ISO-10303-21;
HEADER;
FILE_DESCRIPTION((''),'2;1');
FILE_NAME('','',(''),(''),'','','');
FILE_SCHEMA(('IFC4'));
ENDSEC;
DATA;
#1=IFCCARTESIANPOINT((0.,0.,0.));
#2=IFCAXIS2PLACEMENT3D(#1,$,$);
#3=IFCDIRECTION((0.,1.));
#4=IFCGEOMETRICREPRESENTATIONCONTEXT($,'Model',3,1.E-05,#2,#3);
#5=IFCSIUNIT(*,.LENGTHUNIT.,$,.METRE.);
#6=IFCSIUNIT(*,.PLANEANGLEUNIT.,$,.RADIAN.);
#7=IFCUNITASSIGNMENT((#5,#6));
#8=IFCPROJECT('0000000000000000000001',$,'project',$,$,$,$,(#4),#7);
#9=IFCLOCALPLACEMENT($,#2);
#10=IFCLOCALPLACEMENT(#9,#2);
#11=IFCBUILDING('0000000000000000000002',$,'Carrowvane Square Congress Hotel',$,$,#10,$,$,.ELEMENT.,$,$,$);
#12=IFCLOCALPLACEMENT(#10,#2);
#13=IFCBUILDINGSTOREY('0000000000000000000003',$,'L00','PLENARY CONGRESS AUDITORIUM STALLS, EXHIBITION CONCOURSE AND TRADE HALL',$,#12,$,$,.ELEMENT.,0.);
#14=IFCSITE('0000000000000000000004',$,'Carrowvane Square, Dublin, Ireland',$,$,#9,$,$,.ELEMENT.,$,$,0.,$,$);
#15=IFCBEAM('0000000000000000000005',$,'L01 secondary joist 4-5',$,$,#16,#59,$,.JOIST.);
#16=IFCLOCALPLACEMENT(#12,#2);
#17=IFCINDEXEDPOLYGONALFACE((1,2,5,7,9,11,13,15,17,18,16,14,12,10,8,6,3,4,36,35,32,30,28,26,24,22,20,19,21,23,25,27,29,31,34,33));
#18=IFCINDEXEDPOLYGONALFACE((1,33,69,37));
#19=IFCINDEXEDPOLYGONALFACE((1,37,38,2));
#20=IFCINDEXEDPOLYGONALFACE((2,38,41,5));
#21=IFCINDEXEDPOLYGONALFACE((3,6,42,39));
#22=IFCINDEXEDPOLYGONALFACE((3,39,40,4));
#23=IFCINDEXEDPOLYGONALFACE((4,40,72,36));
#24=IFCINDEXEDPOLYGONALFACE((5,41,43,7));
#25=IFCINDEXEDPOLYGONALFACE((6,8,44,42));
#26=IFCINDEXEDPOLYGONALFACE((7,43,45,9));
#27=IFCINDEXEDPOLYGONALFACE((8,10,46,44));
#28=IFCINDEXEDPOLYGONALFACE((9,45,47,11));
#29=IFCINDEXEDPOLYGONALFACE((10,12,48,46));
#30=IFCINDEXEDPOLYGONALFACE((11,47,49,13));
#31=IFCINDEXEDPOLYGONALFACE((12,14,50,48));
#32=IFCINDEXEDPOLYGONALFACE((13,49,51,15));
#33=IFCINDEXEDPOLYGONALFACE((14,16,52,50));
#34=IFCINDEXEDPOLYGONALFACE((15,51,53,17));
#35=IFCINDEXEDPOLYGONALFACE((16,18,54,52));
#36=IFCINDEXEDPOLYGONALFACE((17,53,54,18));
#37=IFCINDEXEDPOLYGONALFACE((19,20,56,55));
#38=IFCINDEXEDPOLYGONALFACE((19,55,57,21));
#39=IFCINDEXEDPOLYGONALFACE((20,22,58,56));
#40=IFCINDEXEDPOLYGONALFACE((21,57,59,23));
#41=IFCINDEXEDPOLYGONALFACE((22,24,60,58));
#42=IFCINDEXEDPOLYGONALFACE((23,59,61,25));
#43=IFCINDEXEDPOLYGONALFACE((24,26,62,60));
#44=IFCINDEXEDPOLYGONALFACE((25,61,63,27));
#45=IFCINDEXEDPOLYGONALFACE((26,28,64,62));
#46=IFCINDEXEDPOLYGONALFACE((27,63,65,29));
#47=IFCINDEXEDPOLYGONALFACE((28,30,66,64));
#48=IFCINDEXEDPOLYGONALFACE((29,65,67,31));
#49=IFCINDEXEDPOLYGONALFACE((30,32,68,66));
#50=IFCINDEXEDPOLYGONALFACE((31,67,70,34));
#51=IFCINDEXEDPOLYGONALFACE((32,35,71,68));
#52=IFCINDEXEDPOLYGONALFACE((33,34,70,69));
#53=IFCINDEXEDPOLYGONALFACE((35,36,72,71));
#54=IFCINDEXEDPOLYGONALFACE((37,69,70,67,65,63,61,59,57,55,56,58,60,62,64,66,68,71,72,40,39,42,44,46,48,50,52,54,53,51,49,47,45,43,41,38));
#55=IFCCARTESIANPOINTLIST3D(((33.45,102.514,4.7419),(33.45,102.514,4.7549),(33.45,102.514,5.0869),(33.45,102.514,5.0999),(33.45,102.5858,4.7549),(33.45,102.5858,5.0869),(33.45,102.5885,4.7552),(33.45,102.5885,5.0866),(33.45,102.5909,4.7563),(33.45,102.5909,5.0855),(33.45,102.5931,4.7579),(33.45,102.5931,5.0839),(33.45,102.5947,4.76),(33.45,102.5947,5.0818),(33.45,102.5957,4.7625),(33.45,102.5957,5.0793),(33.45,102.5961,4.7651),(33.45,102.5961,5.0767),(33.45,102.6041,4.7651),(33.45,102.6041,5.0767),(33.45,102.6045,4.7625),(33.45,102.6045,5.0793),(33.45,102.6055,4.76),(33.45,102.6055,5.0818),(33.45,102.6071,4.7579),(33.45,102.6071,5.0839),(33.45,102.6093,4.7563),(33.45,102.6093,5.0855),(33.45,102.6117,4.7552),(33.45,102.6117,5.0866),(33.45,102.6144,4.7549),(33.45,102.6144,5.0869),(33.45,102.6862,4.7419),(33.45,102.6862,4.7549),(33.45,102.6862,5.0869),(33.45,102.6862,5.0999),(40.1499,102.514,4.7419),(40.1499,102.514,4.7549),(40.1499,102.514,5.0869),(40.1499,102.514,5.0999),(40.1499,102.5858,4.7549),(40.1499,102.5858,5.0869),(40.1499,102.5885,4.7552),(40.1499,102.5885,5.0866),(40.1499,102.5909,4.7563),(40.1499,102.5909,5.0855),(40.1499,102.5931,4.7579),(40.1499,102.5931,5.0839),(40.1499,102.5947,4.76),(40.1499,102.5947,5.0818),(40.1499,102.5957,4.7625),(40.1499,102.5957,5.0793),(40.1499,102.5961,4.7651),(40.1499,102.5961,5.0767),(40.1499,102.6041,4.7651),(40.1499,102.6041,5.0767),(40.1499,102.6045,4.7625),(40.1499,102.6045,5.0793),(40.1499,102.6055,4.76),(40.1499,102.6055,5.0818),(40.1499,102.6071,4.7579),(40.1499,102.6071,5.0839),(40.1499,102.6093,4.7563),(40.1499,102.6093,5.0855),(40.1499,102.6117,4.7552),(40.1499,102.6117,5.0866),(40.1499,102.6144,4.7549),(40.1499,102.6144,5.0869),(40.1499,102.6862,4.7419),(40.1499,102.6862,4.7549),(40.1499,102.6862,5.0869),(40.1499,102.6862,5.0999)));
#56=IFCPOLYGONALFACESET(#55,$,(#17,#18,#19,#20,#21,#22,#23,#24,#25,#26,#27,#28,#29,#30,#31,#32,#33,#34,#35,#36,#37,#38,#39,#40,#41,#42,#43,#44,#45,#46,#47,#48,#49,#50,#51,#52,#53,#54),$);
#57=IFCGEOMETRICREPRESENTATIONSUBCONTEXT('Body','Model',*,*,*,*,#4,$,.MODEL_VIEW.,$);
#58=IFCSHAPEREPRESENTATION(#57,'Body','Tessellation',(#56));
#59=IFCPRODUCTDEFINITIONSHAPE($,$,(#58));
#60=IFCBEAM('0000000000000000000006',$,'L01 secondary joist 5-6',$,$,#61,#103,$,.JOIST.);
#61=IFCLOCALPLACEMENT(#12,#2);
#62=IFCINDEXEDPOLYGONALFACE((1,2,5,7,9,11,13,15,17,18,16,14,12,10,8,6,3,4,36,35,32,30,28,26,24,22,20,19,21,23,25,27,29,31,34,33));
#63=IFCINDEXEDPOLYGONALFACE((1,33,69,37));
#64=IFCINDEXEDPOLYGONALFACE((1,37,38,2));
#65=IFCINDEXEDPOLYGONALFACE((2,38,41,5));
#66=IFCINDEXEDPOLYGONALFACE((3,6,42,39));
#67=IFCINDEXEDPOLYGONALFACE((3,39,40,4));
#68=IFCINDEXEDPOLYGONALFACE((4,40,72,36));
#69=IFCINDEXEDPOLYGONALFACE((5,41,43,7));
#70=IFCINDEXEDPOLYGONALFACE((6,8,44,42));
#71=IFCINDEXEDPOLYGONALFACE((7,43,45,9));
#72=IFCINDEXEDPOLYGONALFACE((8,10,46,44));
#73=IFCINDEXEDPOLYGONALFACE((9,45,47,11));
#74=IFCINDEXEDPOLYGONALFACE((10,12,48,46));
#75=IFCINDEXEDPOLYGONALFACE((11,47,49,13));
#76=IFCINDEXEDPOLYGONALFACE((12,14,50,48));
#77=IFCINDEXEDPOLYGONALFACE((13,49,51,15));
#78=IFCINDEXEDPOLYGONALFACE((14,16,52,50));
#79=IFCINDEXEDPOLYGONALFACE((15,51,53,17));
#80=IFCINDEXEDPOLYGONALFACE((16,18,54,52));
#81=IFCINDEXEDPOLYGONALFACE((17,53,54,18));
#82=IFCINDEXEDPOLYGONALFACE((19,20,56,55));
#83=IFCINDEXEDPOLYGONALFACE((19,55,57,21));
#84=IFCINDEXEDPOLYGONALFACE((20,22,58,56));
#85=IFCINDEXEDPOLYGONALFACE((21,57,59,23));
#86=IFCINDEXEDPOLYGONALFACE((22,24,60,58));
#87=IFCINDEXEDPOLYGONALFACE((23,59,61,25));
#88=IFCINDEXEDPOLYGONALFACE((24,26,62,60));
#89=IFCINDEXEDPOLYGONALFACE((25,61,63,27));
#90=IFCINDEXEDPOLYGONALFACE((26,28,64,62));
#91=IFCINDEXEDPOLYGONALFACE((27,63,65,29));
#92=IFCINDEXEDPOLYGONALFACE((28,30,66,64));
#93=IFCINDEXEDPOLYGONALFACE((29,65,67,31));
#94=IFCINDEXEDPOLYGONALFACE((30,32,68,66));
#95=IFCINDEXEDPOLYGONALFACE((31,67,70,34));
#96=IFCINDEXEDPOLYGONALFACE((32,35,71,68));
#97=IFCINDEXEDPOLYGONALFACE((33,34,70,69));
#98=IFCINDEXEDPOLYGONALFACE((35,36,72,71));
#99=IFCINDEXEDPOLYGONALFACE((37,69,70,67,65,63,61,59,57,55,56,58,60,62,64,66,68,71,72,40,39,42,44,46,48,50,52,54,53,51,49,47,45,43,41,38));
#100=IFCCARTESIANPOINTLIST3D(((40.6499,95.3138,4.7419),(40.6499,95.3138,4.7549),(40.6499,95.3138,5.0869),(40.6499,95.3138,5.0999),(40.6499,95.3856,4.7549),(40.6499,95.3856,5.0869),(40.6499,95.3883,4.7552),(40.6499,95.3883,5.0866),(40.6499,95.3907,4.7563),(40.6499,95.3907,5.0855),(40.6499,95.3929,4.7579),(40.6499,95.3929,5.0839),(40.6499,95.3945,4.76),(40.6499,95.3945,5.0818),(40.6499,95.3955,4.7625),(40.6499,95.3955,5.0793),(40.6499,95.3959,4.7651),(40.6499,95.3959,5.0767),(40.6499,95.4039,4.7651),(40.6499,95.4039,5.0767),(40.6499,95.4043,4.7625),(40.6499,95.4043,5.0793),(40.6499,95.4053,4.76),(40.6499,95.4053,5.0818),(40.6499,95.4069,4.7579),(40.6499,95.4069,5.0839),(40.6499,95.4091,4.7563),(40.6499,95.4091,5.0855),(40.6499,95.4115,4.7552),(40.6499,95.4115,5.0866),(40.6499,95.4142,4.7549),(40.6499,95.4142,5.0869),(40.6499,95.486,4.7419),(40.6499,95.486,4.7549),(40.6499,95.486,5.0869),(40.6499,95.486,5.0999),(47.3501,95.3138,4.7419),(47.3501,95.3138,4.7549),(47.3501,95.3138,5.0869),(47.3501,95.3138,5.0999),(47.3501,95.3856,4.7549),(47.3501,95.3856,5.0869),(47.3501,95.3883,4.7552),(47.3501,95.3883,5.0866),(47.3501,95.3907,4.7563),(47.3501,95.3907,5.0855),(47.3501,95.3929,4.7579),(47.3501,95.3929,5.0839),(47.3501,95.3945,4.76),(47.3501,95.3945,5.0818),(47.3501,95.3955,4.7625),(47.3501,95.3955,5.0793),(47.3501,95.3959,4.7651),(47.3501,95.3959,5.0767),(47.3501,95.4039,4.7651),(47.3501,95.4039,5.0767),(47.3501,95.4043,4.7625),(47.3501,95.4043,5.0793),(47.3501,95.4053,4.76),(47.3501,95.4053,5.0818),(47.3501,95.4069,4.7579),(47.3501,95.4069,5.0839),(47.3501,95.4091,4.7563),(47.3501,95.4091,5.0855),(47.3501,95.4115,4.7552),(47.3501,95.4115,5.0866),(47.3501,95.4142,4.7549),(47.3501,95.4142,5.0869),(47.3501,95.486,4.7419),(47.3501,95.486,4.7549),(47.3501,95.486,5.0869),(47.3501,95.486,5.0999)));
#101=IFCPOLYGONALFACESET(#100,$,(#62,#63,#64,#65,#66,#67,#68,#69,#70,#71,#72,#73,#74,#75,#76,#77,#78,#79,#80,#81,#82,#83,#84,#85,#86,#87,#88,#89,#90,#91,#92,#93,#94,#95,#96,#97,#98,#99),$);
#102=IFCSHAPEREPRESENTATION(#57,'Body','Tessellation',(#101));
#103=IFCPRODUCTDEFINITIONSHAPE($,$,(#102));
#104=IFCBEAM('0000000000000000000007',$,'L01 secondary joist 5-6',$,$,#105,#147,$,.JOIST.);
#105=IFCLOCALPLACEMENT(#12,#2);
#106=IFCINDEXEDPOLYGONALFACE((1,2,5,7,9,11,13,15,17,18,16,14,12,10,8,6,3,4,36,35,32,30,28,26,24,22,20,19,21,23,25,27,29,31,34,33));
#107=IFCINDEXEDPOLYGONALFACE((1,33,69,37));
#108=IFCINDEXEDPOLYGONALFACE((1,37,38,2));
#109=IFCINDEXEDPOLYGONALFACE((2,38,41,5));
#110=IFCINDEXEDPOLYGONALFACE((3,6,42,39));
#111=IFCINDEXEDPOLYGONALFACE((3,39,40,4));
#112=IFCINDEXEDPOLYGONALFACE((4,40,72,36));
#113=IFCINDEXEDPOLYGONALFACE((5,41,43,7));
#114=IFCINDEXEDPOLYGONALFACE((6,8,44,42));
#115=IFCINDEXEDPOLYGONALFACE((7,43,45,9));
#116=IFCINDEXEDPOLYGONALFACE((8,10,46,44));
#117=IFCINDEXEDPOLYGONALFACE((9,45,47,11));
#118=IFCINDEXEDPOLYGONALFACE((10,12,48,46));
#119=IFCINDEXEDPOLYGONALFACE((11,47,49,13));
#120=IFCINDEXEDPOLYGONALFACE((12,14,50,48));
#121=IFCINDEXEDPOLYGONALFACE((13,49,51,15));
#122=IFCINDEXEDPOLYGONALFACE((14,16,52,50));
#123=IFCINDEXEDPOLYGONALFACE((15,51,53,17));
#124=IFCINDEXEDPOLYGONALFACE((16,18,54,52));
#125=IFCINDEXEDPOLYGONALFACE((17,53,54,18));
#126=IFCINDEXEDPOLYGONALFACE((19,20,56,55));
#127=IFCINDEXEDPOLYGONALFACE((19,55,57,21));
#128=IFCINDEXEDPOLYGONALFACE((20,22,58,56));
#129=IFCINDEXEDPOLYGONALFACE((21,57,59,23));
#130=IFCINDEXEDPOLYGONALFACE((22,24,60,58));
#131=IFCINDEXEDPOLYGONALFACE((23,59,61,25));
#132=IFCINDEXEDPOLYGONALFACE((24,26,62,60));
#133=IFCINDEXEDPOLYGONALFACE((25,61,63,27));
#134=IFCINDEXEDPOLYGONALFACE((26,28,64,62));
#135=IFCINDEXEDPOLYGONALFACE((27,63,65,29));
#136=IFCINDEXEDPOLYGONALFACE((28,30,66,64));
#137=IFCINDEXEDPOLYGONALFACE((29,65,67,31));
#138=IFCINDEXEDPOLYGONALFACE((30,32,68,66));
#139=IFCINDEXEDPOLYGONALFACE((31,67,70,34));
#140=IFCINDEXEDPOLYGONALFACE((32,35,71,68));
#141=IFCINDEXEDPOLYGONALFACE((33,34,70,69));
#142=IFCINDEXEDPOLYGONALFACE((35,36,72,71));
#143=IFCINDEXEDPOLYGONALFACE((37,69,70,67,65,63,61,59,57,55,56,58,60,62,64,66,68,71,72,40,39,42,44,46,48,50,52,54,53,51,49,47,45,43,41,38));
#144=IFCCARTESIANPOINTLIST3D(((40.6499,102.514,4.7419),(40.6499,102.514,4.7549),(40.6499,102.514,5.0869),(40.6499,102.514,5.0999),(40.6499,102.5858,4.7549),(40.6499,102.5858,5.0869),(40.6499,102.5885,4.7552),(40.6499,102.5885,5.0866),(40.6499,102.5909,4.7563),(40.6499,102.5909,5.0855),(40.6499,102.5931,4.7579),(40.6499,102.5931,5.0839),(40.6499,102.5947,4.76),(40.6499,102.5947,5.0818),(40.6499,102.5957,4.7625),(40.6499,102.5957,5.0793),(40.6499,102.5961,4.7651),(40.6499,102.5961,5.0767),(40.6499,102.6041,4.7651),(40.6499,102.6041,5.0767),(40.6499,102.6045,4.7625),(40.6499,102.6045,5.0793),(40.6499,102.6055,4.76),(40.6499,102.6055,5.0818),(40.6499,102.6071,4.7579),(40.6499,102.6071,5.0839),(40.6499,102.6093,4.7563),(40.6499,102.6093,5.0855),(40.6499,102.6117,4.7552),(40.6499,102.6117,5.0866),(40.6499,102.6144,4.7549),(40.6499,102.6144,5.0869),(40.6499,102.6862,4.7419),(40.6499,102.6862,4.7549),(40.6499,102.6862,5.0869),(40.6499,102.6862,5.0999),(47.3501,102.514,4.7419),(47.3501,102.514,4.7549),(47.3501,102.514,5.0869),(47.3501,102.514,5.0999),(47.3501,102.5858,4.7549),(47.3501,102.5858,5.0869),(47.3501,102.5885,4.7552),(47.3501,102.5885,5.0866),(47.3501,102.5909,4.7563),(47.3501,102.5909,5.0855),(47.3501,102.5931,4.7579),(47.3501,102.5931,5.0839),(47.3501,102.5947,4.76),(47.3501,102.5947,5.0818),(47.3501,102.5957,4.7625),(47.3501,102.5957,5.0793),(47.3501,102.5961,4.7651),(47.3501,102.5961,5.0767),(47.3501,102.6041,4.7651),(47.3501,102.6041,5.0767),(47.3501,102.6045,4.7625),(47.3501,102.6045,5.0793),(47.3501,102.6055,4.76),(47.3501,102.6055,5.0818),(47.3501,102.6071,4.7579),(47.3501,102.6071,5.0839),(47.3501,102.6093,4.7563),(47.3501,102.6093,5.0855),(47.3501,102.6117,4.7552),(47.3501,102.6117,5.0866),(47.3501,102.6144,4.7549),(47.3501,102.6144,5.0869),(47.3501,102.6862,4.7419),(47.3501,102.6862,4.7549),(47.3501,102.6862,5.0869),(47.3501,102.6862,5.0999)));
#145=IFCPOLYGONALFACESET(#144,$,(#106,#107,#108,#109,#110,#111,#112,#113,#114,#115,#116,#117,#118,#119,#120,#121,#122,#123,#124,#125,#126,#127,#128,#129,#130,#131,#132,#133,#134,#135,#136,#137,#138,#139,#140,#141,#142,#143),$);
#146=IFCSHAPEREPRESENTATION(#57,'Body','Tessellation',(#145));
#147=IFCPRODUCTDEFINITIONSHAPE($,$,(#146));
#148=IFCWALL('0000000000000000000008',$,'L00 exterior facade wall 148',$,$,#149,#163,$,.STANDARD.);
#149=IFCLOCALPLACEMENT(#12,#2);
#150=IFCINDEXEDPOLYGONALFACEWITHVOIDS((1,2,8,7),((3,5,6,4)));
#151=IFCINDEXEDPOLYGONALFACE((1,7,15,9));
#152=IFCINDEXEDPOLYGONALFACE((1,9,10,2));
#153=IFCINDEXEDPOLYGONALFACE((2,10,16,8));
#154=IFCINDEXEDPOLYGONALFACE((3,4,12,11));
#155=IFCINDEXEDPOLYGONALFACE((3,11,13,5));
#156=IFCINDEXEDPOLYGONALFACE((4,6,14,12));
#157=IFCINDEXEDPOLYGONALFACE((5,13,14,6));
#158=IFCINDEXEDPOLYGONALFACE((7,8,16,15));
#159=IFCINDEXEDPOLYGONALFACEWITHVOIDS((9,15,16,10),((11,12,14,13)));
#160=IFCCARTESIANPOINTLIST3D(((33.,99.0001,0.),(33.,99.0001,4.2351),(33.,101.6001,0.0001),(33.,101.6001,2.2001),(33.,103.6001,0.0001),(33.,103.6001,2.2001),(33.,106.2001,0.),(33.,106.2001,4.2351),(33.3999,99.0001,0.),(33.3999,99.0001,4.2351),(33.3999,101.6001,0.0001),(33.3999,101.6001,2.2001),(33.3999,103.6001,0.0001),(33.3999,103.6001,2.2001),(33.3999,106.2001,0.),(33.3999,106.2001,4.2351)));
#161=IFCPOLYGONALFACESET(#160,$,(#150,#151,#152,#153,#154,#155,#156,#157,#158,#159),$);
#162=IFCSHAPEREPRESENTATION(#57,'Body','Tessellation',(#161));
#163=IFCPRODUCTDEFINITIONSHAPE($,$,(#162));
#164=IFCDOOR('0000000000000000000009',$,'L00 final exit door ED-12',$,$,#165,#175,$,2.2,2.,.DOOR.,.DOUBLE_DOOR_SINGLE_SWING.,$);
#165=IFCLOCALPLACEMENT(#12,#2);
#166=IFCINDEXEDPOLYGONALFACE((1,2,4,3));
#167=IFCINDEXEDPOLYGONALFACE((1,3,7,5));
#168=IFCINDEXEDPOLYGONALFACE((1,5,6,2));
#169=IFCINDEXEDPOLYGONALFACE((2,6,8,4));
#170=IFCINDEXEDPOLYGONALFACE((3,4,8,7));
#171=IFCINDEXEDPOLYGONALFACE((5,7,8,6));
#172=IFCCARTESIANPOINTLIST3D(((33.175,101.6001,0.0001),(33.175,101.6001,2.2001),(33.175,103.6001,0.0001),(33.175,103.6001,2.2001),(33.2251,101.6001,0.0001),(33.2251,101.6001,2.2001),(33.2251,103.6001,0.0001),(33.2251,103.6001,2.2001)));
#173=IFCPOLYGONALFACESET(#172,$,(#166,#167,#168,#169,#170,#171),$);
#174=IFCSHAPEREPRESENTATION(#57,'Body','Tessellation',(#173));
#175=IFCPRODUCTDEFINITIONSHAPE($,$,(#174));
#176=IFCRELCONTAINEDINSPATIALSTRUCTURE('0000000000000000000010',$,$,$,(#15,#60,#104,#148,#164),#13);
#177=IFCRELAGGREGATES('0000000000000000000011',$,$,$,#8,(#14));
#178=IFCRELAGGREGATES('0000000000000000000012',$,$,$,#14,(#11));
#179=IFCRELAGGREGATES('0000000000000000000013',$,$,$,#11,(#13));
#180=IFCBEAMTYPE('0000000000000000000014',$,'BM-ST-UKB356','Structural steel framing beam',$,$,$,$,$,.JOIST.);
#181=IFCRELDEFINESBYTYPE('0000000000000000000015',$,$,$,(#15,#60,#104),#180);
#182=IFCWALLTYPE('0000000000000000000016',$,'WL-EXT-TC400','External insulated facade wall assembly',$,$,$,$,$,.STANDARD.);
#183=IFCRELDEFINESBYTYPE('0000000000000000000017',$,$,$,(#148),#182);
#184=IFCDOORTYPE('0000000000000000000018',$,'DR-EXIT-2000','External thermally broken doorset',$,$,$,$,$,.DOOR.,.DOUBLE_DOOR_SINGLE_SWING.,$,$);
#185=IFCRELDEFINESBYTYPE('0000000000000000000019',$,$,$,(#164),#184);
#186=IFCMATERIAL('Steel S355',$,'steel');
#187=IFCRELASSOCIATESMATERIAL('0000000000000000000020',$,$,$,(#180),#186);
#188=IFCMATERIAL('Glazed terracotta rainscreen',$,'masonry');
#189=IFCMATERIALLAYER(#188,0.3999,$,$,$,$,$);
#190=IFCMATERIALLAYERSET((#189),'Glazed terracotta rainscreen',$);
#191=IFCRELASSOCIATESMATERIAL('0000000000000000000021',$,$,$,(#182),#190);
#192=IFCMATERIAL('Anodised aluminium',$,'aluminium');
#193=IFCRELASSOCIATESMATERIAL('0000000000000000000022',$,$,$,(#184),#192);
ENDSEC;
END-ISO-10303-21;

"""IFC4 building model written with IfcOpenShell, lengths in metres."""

from ifc_helpers import new_model, si_unit, direction, frame, frame_2d, origin, origin_2d, place, context, subcontext, project, spatial, rectangle, i_section, extrude, material, layer, layer_set, material_profile, profile_set, type_object, element, fill, save


model = new_model("IFC4")

# Units and contexts
model_context = context("Model", 3, precision=1e-05, world=origin(), true_north=direction((0.0, 1.0)))
body_context = subcontext(model_context, "Body", "Model", "MODEL_VIEW")
ifc_project = project(units=[si_unit("LENGTHUNIT", "METRE"), si_unit("PLANEANGLEUNIT", "RADIAN")], contexts=[model_context])

# Site, building, storey
site_placement = place(None, origin())
site = spatial("IfcSite", under=ifc_project, at=site_placement, Name="Carrowvane Square, Dublin, Ireland", CompositionType="ELEMENT", RefElevation=0.0)
building_placement = place(site_placement, origin())
building = spatial("IfcBuilding", under=site, at=building_placement, Name="Carrowvane Square Congress Hotel", CompositionType="ELEMENT")
storey_placement = place(building_placement, origin())
storey = spatial("IfcBuildingStorey", under=building, at=storey_placement, Name="L00", Description="PLENARY CONGRESS AUDITORIUM STALLS, EXHIBITION CONCOURSE AND TRADE HALL", CompositionType="ELEMENT", Elevation=0.0)

# Beams
ifc_material_1 = material(Name="Steel S355", Category="steel")
ifc_material_profile_1 = material_profile(ifc_material_1, i_section(OverallWidth=0.1721, OverallDepth=0.3579, WebThickness=0.0081, FlangeThickness=0.0129, FilletRadius=0.0103, at=origin_2d()), Name="UKB 356x171x57")
ifc_profile_set_1 = profile_set([ifc_material_profile_1], Name="Steel S355")
beam_type_1 = type_object("IfcBeamType", Name="BM-ST-UKB356", Description="Structural steel framing beam", PredefinedType="JOIST", material=ifc_profile_set_1)
for number, where, z_axis, x_axis, name in (
    (1, (33.45, 102.6001, 4.9209), (1.0, 0.0, 0.0), (0.0, 1.0, 0.0), "L01 secondary joist 4-5"),
):
    element("IfcBeam", number, at=place(storey_placement, frame(where, z_axis=z_axis, x_axis=x_axis)), inside=storey, type_object=beam_type_1, Name=name, PredefinedType="JOIST", context=body_context, shape_type="SweptSolid", body=[
        extrude(i_section(OverallWidth=0.1721, OverallDepth=0.3579, WebThickness=0.0081, FlangeThickness=0.0129, FilletRadius=0.0103, at=origin_2d()), origin(), (0.0, 0.0, 1.0), 6.7),
    ])
for number, where, z_axis, x_axis, name in (
    (2, (40.6499, 95.3999, 4.9209), (1.0, 0.0, 0.0), (0.0, 1.0, 0.0), "L01 secondary joist 5-6"),
    (3, (40.6499, 102.6001, 4.9209), (1.0, 0.0, 0.0), (0.0, 1.0, 0.0), "L01 secondary joist 5-6"),
):
    element("IfcBeam", number, at=place(storey_placement, frame(where, z_axis=z_axis, x_axis=x_axis)), inside=storey, type_object=beam_type_1, Name=name, PredefinedType="JOIST", context=body_context, shape_type="SweptSolid", body=[
        extrude(i_section(OverallWidth=0.1721, OverallDepth=0.3579, WebThickness=0.0081, FlangeThickness=0.0129, FilletRadius=0.0103, at=origin_2d()), origin(), (0.0, 0.0, 1.0), 6.7002),
    ])

# Wall, opening, door
ifc_material_2 = material(Name="Glazed terracotta rainscreen", Category="masonry")
ifc_layer_1 = layer(ifc_material_2, 0.3999)
ifc_layer_set_1 = layer_set([ifc_layer_1], Name="Glazed terracotta rainscreen")
wall_type_1 = type_object("IfcWallType", Name="WL-EXT-TC400", Description="External insulated facade wall assembly", PredefinedType="STANDARD", material=ifc_layer_set_1)
wall_1_placement = place(storey_placement, frame((33.2, 99.0, 0.0), z_axis=(0.0, 0.0, 1.0), x_axis=(0.0, 1.0, 0.0)))
wall_1 = element("IfcWall", 4, at=wall_1_placement, inside=storey, type_object=wall_type_1, Name="L00 exterior facade wall 148", PredefinedType="STANDARD", context=body_context, shape_type="SweptSolid", body=[
    extrude(rectangle(XDim=7.2, YDim=0.3999, at=frame_2d((3.6001, 0.0))), origin(), (0.0, 0.0, 1.0), 4.2351),
])
opening_1_placement = place(wall_1_placement, frame((2.6001, 0.0, 0.0)))
opening_1 = element("IfcOpeningElement", 5, at=opening_1_placement, cuts=wall_1, PredefinedType="OPENING", context=body_context, shape_type="SweptSolid", body=[
    extrude(rectangle(XDim=2.0, YDim=2.2, at=frame_2d((1.0, 1.1001))), frame((0.0, 0.21, 0.0), z_axis=(0.0, -1.0, 0.0), x_axis=(1.0, 0.0, 0.0)), (0.0, 0.0, 1.0), 0.4199),
])
ifc_material_3 = material(Name="Anodised aluminium", Category="aluminium")
door_type_1 = type_object("IfcDoorType", Name="DR-EXIT-2000", Description="External thermally broken doorset", OperationType="DOUBLE_DOOR_SINGLE_SWING", PredefinedType="DOOR", material=ifc_material_3)
door_1_placement = place(opening_1_placement, origin())
door_1 = element("IfcDoor", 6, at=door_1_placement, inside=storey, type_object=door_type_1, Name="L00 final exit door ED-12", OperationType="DOUBLE_DOOR_SINGLE_SWING", OverallHeight=2.2, OverallWidth=2.0, PredefinedType="DOOR", context=body_context, shape_type="SweptSolid", body=[
    extrude(rectangle(XDim=2.0, YDim=2.2, at=frame_2d((1.0, 1.1001))), frame((0.0, 0.0249, 0.0), z_axis=(0.0, -1.0, 0.0), x_axis=(1.0, 0.0, 0.0)), (0.0, 0.0, 1.0), 0.05),
])
fill(opening_1, door_1)

save(model, "model.ifc")
